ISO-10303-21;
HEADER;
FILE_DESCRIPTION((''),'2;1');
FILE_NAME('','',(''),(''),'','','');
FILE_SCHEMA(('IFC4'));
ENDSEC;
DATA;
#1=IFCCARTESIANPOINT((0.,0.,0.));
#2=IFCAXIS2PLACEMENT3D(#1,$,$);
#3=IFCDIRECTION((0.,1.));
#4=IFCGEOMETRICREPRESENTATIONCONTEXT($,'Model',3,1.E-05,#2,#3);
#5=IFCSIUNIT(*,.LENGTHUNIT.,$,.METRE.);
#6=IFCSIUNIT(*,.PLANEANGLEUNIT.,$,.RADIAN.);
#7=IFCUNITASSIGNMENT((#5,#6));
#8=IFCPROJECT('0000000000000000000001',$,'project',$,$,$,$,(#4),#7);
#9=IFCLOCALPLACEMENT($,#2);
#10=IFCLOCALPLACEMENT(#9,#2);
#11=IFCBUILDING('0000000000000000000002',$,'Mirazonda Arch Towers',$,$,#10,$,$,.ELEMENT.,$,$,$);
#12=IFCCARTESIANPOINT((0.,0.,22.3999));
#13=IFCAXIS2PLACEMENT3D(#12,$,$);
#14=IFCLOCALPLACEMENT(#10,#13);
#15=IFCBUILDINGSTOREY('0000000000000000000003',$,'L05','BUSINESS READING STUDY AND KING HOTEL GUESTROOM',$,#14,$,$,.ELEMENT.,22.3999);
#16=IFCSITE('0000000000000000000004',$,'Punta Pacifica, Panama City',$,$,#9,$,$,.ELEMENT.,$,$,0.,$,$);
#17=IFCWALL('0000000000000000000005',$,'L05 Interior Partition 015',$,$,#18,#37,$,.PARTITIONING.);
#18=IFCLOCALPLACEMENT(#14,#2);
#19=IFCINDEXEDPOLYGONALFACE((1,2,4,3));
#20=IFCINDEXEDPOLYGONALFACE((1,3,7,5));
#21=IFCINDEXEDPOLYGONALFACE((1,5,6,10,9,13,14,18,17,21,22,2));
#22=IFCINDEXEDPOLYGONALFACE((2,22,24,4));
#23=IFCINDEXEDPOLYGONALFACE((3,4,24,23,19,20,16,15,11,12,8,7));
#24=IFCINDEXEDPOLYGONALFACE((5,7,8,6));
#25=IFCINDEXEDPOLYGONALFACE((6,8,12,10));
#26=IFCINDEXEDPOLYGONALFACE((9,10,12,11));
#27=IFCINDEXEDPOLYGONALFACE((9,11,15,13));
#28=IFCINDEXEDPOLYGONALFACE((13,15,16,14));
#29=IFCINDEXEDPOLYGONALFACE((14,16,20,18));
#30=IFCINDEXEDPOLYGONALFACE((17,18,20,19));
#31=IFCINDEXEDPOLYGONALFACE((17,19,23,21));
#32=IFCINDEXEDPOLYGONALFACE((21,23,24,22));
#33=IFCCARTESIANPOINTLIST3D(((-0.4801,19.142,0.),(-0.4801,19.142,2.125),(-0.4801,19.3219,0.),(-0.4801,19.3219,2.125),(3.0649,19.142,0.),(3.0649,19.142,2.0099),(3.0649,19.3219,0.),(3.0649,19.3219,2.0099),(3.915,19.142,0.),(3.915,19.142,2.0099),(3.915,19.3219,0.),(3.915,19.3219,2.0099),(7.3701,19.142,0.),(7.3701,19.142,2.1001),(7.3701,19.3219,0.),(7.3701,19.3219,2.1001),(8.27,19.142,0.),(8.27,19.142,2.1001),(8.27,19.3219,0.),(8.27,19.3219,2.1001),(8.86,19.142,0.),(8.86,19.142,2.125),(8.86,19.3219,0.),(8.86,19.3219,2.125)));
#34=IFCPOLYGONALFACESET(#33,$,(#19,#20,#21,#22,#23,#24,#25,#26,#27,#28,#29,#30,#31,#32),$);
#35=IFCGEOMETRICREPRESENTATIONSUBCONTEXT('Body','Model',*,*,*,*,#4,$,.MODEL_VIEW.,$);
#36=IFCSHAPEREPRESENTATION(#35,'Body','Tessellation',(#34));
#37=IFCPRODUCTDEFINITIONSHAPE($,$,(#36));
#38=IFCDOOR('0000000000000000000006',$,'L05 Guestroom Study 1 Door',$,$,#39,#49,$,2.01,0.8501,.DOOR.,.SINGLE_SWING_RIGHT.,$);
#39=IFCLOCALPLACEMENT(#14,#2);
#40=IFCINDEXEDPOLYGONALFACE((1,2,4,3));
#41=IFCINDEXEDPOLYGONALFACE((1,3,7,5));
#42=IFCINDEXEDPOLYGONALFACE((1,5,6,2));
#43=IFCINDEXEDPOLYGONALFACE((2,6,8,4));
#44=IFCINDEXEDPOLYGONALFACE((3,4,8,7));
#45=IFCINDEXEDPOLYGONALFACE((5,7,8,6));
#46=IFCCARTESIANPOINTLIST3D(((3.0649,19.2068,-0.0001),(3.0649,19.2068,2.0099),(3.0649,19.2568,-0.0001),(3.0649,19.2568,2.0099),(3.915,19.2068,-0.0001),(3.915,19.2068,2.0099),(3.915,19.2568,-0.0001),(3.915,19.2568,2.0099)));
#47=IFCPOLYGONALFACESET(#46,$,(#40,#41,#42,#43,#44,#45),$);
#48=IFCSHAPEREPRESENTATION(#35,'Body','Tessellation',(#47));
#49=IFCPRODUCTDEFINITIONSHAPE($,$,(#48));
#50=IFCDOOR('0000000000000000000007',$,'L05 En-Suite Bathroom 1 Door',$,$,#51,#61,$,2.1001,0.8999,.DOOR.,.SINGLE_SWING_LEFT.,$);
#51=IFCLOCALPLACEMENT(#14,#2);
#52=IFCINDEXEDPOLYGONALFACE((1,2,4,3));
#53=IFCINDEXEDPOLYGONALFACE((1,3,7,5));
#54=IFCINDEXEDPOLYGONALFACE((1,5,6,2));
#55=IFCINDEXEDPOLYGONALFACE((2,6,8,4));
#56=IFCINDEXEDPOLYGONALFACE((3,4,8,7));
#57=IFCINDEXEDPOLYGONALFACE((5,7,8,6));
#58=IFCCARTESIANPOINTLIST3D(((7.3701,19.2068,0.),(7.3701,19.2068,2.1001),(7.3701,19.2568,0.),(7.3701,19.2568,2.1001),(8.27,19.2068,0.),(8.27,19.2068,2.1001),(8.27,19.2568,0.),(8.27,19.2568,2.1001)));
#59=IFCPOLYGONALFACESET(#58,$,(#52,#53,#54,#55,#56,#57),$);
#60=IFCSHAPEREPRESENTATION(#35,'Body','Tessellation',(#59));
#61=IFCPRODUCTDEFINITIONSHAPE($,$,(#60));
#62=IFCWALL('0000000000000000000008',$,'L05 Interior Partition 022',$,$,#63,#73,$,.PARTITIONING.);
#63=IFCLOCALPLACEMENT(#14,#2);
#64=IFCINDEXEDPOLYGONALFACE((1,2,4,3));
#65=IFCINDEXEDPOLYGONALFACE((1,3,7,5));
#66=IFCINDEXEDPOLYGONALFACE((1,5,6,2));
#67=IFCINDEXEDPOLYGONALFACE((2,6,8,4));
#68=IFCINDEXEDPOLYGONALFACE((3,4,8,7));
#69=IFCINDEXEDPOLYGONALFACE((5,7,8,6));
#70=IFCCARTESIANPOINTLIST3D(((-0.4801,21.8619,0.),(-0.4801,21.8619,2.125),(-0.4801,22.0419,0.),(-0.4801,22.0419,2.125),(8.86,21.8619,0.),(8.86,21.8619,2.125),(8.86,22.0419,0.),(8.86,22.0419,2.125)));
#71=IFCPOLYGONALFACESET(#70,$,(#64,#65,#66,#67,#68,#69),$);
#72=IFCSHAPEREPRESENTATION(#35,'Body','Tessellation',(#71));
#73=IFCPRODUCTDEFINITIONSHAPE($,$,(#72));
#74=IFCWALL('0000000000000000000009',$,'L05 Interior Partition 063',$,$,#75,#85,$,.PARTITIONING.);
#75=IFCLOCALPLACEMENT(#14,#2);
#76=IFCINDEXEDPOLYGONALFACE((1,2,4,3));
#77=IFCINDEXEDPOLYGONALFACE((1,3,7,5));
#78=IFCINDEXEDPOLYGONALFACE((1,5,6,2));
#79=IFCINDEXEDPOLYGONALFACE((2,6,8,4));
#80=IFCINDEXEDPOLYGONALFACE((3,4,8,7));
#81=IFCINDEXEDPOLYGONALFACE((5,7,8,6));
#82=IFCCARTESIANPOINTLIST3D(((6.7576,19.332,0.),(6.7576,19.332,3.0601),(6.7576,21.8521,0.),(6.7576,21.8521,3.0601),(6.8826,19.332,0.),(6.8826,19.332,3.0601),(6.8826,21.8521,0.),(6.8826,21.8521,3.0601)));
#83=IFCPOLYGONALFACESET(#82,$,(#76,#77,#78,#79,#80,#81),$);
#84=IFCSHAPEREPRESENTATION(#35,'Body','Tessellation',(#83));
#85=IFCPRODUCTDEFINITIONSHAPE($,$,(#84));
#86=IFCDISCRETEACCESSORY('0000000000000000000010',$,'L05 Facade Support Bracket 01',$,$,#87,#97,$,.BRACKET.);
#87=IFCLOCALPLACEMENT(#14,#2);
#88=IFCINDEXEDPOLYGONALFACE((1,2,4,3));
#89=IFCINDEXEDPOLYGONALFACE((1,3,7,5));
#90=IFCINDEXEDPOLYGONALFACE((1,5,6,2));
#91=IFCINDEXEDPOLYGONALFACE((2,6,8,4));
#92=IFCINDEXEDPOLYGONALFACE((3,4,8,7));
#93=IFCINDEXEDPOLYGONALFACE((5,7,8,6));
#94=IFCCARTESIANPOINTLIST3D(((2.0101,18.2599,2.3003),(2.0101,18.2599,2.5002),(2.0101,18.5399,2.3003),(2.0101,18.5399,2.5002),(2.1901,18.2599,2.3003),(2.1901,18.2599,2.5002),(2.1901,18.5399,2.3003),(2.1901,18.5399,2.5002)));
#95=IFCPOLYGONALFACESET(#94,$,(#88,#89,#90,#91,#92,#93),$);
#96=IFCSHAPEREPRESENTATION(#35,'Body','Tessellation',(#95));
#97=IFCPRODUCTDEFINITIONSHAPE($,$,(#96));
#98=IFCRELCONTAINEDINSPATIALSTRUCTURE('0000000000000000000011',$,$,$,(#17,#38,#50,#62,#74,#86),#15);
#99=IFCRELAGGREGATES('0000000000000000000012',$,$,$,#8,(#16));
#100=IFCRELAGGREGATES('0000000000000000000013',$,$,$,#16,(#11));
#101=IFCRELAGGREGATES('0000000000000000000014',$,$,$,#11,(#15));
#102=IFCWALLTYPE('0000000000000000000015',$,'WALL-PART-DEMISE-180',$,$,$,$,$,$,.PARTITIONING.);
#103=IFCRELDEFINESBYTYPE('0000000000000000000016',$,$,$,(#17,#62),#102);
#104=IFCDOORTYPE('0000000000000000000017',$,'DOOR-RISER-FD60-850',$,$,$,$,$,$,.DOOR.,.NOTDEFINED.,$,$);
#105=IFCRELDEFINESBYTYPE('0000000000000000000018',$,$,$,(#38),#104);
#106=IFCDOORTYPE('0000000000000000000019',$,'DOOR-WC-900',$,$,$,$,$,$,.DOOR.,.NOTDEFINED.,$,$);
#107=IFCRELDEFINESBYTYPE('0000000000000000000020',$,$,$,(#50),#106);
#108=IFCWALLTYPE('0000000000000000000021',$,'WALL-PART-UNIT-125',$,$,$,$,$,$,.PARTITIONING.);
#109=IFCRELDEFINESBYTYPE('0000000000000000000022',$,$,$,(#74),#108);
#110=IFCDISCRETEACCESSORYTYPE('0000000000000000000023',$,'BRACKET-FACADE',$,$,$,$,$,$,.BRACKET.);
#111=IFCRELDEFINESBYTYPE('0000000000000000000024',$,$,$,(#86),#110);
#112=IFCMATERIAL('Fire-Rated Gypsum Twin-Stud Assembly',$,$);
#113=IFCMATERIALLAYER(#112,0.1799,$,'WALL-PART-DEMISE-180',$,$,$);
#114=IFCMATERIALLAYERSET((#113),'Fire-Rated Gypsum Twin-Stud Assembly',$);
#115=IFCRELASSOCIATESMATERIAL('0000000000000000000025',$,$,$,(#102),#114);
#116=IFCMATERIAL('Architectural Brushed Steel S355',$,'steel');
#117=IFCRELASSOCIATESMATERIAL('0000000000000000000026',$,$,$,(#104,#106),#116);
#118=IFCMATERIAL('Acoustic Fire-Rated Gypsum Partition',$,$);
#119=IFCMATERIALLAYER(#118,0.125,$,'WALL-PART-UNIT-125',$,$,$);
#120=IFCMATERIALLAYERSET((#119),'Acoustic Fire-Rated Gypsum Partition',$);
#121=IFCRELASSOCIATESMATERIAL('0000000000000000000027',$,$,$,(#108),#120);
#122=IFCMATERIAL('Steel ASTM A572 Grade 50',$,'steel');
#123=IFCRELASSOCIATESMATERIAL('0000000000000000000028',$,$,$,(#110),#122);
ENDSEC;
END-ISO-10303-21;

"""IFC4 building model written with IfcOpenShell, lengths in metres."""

from ifc_helpers import new_model, si_unit, direction, frame, frame_2d, origin, origin_2d, place, context, subcontext, project, spatial, rectangle, extrude, material, layer, layer_set, type_object, element, fill, save


model = new_model("IFC4")

# Units and contexts
model_context = context("Model", 3, precision=1e-05, world=origin(), true_north=direction((0.0, 1.0)))
body_context = subcontext(model_context, "Body", "Model", "MODEL_VIEW")
ifc_project = project(units=[si_unit("LENGTHUNIT", "METRE"), si_unit("PLANEANGLEUNIT", "RADIAN")], contexts=[model_context])

# Site, building, storey
site_placement = place(None, origin())
site = spatial("IfcSite", under=ifc_project, at=site_placement, Name="Punta Pacifica, Panama City", CompositionType="ELEMENT", RefElevation=0.0)
building_placement = place(site_placement, origin())
building = spatial("IfcBuilding", under=site, at=building_placement, Name="Mirazonda Arch Towers", CompositionType="ELEMENT")
storey_placement = place(building_placement, frame((0.0, 0.0, 22.3999)))
storey = spatial("IfcBuildingStorey", under=building, at=storey_placement, Name="L05", Description="BUSINESS READING STUDY AND KING HOTEL GUESTROOM", CompositionType="ELEMENT", Elevation=22.3999)

# Shared definitions
ifc_material_1 = material(Name="Steel ASTM A572 Grade 50", Category="steel")

# Wall, openings, doors
ifc_material_2 = material(Name="Fire-Rated Gypsum Twin-Stud Assembly")
ifc_layer_1 = layer(ifc_material_2, 0.1799, Name="WALL-PART-DEMISE-180")
ifc_layer_set_1 = layer_set([ifc_layer_1], Name="Fire-Rated Gypsum Twin-Stud Assembly")
wall_type_1 = type_object("IfcWallType", Name="WALL-PART-DEMISE-180", PredefinedType="PARTITIONING", material=ifc_layer_set_1)
wall_1_placement = place(storey_placement, frame((-0.48, 19.2319, 0.0), z_axis=(0.0, 0.0, 1.0), x_axis=(1.0, 0.0, 0.0)))
wall_1 = element("IfcWall", 1, at=wall_1_placement, inside=storey, type_object=wall_type_1, Name="L05 Interior Partition 015", PredefinedType="PARTITIONING", context=body_context, shape_type="SweptSolid", body=[
    extrude(rectangle(XDim=9.3401, YDim=0.1799, at=frame_2d((4.6699, 0.0))), origin(), (0.0, 0.0, 1.0), 2.125),
])
opening_1_placement = place(wall_1_placement, frame((3.5449, 0.0, 0.0)))
opening_1 = element("IfcOpeningElement", 2, at=opening_1_placement, cuts=wall_1, PredefinedType="OPENING", context=body_context, shape_type="SweptSolid", body=[
    extrude(rectangle(XDim=0.8501, YDim=2.01, at=frame_2d((0.425, 1.0049))), frame((0.0, 0.0999, 0.0), z_axis=(0.0, -1.0, 0.0), x_axis=(1.0, 0.0, 0.0)), (0.0, 0.0, 1.0), 0.2),
])
opening_2_placement = place(wall_1_placement, frame((7.8501, 0.0, 0.0)))
opening_2 = element("IfcOpeningElement", 3, at=opening_2_placement, cuts=wall_1, PredefinedType="OPENING", context=body_context, shape_type="SweptSolid", body=[
    extrude(rectangle(XDim=0.8999, YDim=2.1001, at=frame_2d((0.45, 1.05))), frame((0.0, 0.0999, 0.0), z_axis=(0.0, -1.0, 0.0), x_axis=(1.0, 0.0, 0.0)), (0.0, 0.0, 1.0), 0.2),
])
ifc_material_3 = material(Name="Architectural Brushed Steel S355", Category="steel")
door_type_1 = type_object("IfcDoorType", Name="DOOR-RISER-FD60-850", OperationType="NOTDEFINED", PredefinedType="DOOR", material=ifc_material_3)
door_1_placement = place(opening_1_placement, origin())
door_1 = element("IfcDoor", 4, at=door_1_placement, inside=storey, type_object=door_type_1, Name="L05 Guestroom Study 1 Door", OperationType="SINGLE_SWING_RIGHT", OverallHeight=2.01, OverallWidth=0.8501, PredefinedType="DOOR", context=body_context, shape_type="SweptSolid", body=[
    extrude(rectangle(XDim=0.8501, YDim=2.01, at=frame_2d((0.425, 1.0049))), frame((0.0, 0.0249, 0.0), z_axis=(0.0, -1.0, 0.0), x_axis=(1.0, 0.0, 0.0)), (0.0, 0.0, 1.0), 0.05),
])
fill(opening_1, door_1)
door_type_2 = type_object("IfcDoorType", Name="DOOR-WC-900", OperationType="NOTDEFINED", PredefinedType="DOOR", material=ifc_material_3)
door_2_placement = place(opening_2_placement, origin())
door_2 = element("IfcDoor", 5, at=door_2_placement, inside=storey, type_object=door_type_2, Name="L05 En-Suite Bathroom 1 Door", OperationType="SINGLE_SWING_LEFT", OverallHeight=2.1001, OverallWidth=0.8999, PredefinedType="DOOR", context=body_context, shape_type="SweptSolid", body=[
    extrude(rectangle(XDim=0.8999, YDim=2.1001, at=frame_2d((0.45, 1.05))), frame((0.0, 0.0249, 0.0), z_axis=(0.0, -1.0, 0.0), x_axis=(1.0, 0.0, 0.0)), (0.0, 0.0, 1.0), 0.05),
])
fill(opening_2, door_2)

# Walls
wall_2_placement = place(storey_placement, frame((-0.48, 21.9519, 0.0), z_axis=(0.0, 0.0, 1.0), x_axis=(1.0, 0.0, 0.0)))
element("IfcWall", 6, at=wall_2_placement, inside=storey, type_object=wall_type_1, Name="L05 Interior Partition 022", PredefinedType="PARTITIONING", context=body_context, shape_type="SweptSolid", body=[
    extrude(rectangle(XDim=9.3401, YDim=0.1799, at=frame_2d((4.6699, 0.0))), origin(), (0.0, 0.0, 1.0), 2.125),
])
ifc_material_4 = material(Name="Acoustic Fire-Rated Gypsum Partition")
ifc_layer_2 = layer(ifc_material_4, 0.125, Name="WALL-PART-UNIT-125")
ifc_layer_set_2 = layer_set([ifc_layer_2], Name="Acoustic Fire-Rated Gypsum Partition")
wall_type_2 = type_object("IfcWallType", Name="WALL-PART-UNIT-125", PredefinedType="PARTITIONING", material=ifc_layer_set_2)
wall_3_placement = place(storey_placement, frame((6.8201, 19.332, 0.0), z_axis=(0.0, 0.0, 1.0), x_axis=(0.0, 1.0, 0.0)))
element("IfcWall", 7, at=wall_3_placement, inside=storey, type_object=wall_type_2, Name="L05 Interior Partition 063", PredefinedType="PARTITIONING", context=body_context, shape_type="SweptSolid", body=[
    extrude(rectangle(XDim=2.52, YDim=0.125, at=frame_2d((1.26, 0.0))), origin(), (0.0, 0.0, 1.0), 3.0601),
])

# Discrete accessory
discrete_accessory_type = type_object("IfcDiscreteAccessoryType", Name="BRACKET-FACADE", PredefinedType="BRACKET", material=ifc_material_1)
discrete_accessory_placement = place(storey_placement, frame((2.1001, 18.3999, 2.3003), z_axis=(0.0, 0.0, 1.0), x_axis=(1.0, 0.0, 0.0)))
element("IfcDiscreteAccessory", 8, at=discrete_accessory_placement, inside=storey, type_object=discrete_accessory_type, Name="L05 Facade Support Bracket 01", PredefinedType="BRACKET", context=body_context, shape_type="SweptSolid", body=[
    extrude(rectangle(XDim=0.1799, YDim=0.28, at=origin_2d()), origin(), (0.0, 0.0, 1.0), 0.2),
])

save(model, "model.ifc")
